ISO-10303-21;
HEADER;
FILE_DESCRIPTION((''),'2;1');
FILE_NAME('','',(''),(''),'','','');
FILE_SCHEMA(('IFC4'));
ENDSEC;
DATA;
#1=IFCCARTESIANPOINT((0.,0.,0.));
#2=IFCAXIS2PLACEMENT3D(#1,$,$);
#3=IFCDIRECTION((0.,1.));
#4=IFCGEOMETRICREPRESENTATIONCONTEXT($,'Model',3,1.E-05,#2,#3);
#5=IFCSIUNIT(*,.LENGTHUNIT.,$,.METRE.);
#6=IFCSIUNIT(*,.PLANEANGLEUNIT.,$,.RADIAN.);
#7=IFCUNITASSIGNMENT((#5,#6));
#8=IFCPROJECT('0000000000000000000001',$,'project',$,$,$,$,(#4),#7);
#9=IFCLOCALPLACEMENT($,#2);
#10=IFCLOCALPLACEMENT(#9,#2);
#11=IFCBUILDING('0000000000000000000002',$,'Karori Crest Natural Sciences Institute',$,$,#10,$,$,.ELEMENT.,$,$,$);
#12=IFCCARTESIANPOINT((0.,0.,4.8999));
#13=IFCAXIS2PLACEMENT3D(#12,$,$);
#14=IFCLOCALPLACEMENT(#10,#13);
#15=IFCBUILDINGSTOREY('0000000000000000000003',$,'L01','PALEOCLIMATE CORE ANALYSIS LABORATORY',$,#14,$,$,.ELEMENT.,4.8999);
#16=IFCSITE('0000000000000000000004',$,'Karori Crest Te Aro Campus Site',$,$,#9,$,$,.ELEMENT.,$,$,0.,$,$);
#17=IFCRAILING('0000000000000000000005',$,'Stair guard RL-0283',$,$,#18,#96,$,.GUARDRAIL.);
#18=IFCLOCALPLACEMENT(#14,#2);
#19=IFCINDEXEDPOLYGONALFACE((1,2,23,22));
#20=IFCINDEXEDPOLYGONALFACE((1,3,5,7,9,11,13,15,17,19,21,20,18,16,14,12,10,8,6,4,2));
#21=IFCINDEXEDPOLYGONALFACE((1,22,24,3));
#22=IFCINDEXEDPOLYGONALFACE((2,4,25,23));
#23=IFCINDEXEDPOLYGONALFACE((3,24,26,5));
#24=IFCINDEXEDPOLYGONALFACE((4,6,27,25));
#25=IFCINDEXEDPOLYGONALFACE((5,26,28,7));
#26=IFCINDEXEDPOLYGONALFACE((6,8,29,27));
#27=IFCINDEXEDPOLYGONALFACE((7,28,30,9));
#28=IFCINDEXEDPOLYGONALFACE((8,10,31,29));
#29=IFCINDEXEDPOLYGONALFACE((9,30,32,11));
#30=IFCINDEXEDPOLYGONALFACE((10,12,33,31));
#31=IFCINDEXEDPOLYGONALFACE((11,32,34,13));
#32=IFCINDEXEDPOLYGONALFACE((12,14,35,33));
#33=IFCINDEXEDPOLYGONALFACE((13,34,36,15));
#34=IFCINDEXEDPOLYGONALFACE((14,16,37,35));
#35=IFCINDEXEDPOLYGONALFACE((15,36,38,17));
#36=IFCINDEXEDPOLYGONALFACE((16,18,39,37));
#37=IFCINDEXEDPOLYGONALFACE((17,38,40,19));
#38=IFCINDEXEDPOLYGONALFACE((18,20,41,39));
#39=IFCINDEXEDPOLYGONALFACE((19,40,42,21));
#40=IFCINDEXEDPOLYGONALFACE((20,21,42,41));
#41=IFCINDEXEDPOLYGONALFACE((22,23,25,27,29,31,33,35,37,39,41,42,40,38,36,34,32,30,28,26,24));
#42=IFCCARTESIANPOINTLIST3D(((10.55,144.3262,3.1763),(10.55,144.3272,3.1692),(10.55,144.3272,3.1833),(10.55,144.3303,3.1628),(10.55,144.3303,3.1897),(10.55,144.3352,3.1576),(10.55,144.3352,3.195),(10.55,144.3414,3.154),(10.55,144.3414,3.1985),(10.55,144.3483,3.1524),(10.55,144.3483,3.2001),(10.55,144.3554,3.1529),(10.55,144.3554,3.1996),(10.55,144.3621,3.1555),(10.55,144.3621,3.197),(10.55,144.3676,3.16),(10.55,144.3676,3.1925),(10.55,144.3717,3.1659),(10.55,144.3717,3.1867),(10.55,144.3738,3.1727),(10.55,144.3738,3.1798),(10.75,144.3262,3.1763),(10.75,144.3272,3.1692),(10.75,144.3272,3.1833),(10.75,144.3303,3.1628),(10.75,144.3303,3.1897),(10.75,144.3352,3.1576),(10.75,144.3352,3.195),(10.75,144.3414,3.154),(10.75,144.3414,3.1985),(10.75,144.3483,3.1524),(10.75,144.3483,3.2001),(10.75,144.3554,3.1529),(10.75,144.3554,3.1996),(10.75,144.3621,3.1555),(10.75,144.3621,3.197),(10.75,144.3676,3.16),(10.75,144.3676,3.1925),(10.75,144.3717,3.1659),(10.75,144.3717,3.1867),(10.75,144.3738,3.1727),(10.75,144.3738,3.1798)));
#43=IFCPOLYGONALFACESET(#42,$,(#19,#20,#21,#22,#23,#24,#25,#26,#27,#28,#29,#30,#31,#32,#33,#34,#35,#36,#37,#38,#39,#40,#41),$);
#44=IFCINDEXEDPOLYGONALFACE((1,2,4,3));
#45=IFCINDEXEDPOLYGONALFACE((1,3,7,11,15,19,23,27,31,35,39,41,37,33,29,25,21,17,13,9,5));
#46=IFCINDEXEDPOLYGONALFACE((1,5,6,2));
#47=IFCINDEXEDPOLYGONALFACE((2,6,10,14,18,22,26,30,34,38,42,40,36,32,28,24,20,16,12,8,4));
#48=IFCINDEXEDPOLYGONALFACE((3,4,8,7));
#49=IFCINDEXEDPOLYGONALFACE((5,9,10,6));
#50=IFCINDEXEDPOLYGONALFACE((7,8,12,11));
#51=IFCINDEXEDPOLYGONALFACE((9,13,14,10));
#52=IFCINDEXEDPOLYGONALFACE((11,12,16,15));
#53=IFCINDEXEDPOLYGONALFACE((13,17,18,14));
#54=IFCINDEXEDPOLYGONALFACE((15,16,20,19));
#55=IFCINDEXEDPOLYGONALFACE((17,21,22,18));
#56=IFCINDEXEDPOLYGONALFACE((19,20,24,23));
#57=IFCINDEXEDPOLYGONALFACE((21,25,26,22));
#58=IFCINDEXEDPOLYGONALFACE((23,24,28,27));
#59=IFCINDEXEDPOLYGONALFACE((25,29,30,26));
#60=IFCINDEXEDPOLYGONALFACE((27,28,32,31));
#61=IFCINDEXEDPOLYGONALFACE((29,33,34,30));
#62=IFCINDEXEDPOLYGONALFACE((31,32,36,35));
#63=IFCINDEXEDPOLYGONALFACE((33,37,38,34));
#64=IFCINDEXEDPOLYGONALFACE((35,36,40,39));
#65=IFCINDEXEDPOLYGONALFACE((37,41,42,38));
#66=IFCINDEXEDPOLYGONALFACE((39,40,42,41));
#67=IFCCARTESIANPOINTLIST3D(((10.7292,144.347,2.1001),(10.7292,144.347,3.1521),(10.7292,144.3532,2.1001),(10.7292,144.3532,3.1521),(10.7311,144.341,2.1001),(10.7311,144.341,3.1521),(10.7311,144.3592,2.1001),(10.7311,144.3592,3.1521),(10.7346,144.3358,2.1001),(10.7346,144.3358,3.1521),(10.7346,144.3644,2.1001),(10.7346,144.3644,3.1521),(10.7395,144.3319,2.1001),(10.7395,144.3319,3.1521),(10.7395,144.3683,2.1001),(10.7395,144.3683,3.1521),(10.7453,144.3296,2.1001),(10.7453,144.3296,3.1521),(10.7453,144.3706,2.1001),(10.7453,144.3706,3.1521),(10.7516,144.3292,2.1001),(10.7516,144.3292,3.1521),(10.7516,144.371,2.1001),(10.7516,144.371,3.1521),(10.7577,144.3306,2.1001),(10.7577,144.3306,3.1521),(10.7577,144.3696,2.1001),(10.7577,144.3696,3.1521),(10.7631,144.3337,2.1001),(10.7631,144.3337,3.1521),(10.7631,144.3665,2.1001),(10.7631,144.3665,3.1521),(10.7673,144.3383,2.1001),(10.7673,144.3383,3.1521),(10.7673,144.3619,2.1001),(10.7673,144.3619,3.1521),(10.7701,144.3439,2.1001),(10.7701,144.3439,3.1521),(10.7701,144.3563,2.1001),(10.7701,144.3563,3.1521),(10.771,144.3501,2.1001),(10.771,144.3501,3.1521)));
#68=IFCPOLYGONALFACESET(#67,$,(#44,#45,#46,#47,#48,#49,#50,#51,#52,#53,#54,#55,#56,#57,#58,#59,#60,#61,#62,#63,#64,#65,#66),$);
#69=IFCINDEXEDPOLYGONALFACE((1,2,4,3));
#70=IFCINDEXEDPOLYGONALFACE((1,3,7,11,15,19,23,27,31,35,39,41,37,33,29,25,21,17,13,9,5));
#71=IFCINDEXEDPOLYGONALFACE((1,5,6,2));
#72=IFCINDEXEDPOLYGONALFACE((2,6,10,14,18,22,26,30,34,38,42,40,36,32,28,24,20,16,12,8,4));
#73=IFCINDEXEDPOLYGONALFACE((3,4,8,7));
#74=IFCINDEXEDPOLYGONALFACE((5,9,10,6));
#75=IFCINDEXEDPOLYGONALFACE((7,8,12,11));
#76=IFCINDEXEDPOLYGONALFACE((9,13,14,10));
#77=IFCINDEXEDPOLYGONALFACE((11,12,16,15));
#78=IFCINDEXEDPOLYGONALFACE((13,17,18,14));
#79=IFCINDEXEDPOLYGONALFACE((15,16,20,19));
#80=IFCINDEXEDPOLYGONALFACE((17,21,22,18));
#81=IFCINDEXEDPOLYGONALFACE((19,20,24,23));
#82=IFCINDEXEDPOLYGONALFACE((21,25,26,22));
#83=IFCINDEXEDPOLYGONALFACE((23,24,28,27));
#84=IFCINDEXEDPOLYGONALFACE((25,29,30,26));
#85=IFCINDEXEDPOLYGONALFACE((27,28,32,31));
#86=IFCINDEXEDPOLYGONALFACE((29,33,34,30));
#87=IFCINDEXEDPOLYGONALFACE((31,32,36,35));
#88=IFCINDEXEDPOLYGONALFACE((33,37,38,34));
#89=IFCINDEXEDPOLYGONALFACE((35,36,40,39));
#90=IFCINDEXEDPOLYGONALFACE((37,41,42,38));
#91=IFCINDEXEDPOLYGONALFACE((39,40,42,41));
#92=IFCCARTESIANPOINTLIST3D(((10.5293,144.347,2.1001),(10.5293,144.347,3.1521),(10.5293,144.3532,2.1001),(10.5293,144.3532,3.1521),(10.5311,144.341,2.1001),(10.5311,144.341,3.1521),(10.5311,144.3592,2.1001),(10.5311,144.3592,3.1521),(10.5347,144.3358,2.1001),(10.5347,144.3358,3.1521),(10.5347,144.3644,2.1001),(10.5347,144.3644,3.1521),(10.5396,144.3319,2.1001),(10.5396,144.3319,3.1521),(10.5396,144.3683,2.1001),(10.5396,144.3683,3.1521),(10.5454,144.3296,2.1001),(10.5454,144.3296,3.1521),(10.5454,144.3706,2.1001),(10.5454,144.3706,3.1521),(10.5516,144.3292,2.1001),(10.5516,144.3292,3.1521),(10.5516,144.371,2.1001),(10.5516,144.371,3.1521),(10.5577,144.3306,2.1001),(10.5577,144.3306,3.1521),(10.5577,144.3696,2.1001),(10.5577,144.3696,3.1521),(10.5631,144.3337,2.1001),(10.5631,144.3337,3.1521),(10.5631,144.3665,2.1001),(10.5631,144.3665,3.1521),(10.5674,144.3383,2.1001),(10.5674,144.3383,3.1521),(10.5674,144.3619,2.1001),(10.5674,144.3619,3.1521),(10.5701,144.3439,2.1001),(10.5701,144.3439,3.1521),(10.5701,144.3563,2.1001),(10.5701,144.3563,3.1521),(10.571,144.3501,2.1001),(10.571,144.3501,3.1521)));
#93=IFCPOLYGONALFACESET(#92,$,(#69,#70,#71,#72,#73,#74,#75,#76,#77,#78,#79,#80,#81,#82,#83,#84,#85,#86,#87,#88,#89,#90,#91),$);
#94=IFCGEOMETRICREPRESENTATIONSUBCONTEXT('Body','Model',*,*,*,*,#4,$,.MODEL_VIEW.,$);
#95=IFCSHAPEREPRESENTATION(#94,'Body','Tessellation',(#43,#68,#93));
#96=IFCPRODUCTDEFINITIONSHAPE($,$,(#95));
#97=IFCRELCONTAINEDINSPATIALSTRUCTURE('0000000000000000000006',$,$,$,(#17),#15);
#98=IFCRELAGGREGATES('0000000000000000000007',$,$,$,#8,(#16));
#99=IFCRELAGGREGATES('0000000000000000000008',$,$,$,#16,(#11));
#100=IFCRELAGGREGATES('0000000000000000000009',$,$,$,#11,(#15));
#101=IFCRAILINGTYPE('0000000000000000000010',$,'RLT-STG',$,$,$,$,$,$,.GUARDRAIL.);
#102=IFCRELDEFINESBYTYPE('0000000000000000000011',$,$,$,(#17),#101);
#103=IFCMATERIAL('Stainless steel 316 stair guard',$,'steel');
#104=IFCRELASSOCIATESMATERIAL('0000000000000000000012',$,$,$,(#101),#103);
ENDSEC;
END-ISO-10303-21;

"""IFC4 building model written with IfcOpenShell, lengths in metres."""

from ifc_helpers import new_model, si_unit, direction, frame, origin, origin_2d, place, context, subcontext, project, spatial, circle, extrude, material, type_object, element, save


model = new_model("IFC4")

# Units and contexts
model_context = context("Model", 3, precision=1e-05, world=origin(), true_north=direction((0.0, 1.0)))
body_context = subcontext(model_context, "Body", "Model", "MODEL_VIEW")
ifc_project = project(units=[si_unit("LENGTHUNIT", "METRE"), si_unit("PLANEANGLEUNIT", "RADIAN")], contexts=[model_context])

# Site, building, storey
site_placement = place(None, origin())
site = spatial("IfcSite", under=ifc_project, at=site_placement, Name="Karori Crest Te Aro Campus Site", CompositionType="ELEMENT", RefElevation=0.0)
building_placement = place(site_placement, origin())
building = spatial("IfcBuilding", under=site, at=building_placement, Name="Karori Crest Natural Sciences Institute", CompositionType="ELEMENT")
storey_placement = place(building_placement, frame((0.0, 0.0, 4.8999)))
storey = spatial("IfcBuildingStorey", under=building, at=storey_placement, Name="L01", Description="PALEOCLIMATE CORE ANALYSIS LABORATORY", CompositionType="ELEMENT", Elevation=4.8999)

# Railing
ifc_material_1 = material(Name="Stainless steel 316 stair guard", Category="steel")
railing_type_1 = type_object("IfcRailingType", Name="RLT-STG", PredefinedType="GUARDRAIL", material=ifc_material_1)
railing_1_placement = place(storey_placement, frame((10.75, 144.3501, 2.1001)))
element("IfcRailing", 1, at=railing_1_placement, inside=storey, type_object=railing_type_1, Name="Stair guard RL-0283", PredefinedType="GUARDRAIL", context=body_context, shape_type="SweptSolid", body=[
    extrude(circle(Radius=0.0239, at=origin_2d()), frame((0.0, 0.0, 1.0762), z_axis=(-1.0, 0.0, 0.0), x_axis=(0.0, -1.0, 0.0)), (0.0, 0.0, 1.0), 0.2),
    extrude(circle(Radius=0.021, at=origin_2d()), origin(), (0.0, 0.0, 1.0), 1.052),
    extrude(circle(Radius=0.021, at=origin_2d()), frame((-0.2, 0.0, 0.0)), (0.0, 0.0, 1.0), 1.052),
])

save(model, "model.ifc")
